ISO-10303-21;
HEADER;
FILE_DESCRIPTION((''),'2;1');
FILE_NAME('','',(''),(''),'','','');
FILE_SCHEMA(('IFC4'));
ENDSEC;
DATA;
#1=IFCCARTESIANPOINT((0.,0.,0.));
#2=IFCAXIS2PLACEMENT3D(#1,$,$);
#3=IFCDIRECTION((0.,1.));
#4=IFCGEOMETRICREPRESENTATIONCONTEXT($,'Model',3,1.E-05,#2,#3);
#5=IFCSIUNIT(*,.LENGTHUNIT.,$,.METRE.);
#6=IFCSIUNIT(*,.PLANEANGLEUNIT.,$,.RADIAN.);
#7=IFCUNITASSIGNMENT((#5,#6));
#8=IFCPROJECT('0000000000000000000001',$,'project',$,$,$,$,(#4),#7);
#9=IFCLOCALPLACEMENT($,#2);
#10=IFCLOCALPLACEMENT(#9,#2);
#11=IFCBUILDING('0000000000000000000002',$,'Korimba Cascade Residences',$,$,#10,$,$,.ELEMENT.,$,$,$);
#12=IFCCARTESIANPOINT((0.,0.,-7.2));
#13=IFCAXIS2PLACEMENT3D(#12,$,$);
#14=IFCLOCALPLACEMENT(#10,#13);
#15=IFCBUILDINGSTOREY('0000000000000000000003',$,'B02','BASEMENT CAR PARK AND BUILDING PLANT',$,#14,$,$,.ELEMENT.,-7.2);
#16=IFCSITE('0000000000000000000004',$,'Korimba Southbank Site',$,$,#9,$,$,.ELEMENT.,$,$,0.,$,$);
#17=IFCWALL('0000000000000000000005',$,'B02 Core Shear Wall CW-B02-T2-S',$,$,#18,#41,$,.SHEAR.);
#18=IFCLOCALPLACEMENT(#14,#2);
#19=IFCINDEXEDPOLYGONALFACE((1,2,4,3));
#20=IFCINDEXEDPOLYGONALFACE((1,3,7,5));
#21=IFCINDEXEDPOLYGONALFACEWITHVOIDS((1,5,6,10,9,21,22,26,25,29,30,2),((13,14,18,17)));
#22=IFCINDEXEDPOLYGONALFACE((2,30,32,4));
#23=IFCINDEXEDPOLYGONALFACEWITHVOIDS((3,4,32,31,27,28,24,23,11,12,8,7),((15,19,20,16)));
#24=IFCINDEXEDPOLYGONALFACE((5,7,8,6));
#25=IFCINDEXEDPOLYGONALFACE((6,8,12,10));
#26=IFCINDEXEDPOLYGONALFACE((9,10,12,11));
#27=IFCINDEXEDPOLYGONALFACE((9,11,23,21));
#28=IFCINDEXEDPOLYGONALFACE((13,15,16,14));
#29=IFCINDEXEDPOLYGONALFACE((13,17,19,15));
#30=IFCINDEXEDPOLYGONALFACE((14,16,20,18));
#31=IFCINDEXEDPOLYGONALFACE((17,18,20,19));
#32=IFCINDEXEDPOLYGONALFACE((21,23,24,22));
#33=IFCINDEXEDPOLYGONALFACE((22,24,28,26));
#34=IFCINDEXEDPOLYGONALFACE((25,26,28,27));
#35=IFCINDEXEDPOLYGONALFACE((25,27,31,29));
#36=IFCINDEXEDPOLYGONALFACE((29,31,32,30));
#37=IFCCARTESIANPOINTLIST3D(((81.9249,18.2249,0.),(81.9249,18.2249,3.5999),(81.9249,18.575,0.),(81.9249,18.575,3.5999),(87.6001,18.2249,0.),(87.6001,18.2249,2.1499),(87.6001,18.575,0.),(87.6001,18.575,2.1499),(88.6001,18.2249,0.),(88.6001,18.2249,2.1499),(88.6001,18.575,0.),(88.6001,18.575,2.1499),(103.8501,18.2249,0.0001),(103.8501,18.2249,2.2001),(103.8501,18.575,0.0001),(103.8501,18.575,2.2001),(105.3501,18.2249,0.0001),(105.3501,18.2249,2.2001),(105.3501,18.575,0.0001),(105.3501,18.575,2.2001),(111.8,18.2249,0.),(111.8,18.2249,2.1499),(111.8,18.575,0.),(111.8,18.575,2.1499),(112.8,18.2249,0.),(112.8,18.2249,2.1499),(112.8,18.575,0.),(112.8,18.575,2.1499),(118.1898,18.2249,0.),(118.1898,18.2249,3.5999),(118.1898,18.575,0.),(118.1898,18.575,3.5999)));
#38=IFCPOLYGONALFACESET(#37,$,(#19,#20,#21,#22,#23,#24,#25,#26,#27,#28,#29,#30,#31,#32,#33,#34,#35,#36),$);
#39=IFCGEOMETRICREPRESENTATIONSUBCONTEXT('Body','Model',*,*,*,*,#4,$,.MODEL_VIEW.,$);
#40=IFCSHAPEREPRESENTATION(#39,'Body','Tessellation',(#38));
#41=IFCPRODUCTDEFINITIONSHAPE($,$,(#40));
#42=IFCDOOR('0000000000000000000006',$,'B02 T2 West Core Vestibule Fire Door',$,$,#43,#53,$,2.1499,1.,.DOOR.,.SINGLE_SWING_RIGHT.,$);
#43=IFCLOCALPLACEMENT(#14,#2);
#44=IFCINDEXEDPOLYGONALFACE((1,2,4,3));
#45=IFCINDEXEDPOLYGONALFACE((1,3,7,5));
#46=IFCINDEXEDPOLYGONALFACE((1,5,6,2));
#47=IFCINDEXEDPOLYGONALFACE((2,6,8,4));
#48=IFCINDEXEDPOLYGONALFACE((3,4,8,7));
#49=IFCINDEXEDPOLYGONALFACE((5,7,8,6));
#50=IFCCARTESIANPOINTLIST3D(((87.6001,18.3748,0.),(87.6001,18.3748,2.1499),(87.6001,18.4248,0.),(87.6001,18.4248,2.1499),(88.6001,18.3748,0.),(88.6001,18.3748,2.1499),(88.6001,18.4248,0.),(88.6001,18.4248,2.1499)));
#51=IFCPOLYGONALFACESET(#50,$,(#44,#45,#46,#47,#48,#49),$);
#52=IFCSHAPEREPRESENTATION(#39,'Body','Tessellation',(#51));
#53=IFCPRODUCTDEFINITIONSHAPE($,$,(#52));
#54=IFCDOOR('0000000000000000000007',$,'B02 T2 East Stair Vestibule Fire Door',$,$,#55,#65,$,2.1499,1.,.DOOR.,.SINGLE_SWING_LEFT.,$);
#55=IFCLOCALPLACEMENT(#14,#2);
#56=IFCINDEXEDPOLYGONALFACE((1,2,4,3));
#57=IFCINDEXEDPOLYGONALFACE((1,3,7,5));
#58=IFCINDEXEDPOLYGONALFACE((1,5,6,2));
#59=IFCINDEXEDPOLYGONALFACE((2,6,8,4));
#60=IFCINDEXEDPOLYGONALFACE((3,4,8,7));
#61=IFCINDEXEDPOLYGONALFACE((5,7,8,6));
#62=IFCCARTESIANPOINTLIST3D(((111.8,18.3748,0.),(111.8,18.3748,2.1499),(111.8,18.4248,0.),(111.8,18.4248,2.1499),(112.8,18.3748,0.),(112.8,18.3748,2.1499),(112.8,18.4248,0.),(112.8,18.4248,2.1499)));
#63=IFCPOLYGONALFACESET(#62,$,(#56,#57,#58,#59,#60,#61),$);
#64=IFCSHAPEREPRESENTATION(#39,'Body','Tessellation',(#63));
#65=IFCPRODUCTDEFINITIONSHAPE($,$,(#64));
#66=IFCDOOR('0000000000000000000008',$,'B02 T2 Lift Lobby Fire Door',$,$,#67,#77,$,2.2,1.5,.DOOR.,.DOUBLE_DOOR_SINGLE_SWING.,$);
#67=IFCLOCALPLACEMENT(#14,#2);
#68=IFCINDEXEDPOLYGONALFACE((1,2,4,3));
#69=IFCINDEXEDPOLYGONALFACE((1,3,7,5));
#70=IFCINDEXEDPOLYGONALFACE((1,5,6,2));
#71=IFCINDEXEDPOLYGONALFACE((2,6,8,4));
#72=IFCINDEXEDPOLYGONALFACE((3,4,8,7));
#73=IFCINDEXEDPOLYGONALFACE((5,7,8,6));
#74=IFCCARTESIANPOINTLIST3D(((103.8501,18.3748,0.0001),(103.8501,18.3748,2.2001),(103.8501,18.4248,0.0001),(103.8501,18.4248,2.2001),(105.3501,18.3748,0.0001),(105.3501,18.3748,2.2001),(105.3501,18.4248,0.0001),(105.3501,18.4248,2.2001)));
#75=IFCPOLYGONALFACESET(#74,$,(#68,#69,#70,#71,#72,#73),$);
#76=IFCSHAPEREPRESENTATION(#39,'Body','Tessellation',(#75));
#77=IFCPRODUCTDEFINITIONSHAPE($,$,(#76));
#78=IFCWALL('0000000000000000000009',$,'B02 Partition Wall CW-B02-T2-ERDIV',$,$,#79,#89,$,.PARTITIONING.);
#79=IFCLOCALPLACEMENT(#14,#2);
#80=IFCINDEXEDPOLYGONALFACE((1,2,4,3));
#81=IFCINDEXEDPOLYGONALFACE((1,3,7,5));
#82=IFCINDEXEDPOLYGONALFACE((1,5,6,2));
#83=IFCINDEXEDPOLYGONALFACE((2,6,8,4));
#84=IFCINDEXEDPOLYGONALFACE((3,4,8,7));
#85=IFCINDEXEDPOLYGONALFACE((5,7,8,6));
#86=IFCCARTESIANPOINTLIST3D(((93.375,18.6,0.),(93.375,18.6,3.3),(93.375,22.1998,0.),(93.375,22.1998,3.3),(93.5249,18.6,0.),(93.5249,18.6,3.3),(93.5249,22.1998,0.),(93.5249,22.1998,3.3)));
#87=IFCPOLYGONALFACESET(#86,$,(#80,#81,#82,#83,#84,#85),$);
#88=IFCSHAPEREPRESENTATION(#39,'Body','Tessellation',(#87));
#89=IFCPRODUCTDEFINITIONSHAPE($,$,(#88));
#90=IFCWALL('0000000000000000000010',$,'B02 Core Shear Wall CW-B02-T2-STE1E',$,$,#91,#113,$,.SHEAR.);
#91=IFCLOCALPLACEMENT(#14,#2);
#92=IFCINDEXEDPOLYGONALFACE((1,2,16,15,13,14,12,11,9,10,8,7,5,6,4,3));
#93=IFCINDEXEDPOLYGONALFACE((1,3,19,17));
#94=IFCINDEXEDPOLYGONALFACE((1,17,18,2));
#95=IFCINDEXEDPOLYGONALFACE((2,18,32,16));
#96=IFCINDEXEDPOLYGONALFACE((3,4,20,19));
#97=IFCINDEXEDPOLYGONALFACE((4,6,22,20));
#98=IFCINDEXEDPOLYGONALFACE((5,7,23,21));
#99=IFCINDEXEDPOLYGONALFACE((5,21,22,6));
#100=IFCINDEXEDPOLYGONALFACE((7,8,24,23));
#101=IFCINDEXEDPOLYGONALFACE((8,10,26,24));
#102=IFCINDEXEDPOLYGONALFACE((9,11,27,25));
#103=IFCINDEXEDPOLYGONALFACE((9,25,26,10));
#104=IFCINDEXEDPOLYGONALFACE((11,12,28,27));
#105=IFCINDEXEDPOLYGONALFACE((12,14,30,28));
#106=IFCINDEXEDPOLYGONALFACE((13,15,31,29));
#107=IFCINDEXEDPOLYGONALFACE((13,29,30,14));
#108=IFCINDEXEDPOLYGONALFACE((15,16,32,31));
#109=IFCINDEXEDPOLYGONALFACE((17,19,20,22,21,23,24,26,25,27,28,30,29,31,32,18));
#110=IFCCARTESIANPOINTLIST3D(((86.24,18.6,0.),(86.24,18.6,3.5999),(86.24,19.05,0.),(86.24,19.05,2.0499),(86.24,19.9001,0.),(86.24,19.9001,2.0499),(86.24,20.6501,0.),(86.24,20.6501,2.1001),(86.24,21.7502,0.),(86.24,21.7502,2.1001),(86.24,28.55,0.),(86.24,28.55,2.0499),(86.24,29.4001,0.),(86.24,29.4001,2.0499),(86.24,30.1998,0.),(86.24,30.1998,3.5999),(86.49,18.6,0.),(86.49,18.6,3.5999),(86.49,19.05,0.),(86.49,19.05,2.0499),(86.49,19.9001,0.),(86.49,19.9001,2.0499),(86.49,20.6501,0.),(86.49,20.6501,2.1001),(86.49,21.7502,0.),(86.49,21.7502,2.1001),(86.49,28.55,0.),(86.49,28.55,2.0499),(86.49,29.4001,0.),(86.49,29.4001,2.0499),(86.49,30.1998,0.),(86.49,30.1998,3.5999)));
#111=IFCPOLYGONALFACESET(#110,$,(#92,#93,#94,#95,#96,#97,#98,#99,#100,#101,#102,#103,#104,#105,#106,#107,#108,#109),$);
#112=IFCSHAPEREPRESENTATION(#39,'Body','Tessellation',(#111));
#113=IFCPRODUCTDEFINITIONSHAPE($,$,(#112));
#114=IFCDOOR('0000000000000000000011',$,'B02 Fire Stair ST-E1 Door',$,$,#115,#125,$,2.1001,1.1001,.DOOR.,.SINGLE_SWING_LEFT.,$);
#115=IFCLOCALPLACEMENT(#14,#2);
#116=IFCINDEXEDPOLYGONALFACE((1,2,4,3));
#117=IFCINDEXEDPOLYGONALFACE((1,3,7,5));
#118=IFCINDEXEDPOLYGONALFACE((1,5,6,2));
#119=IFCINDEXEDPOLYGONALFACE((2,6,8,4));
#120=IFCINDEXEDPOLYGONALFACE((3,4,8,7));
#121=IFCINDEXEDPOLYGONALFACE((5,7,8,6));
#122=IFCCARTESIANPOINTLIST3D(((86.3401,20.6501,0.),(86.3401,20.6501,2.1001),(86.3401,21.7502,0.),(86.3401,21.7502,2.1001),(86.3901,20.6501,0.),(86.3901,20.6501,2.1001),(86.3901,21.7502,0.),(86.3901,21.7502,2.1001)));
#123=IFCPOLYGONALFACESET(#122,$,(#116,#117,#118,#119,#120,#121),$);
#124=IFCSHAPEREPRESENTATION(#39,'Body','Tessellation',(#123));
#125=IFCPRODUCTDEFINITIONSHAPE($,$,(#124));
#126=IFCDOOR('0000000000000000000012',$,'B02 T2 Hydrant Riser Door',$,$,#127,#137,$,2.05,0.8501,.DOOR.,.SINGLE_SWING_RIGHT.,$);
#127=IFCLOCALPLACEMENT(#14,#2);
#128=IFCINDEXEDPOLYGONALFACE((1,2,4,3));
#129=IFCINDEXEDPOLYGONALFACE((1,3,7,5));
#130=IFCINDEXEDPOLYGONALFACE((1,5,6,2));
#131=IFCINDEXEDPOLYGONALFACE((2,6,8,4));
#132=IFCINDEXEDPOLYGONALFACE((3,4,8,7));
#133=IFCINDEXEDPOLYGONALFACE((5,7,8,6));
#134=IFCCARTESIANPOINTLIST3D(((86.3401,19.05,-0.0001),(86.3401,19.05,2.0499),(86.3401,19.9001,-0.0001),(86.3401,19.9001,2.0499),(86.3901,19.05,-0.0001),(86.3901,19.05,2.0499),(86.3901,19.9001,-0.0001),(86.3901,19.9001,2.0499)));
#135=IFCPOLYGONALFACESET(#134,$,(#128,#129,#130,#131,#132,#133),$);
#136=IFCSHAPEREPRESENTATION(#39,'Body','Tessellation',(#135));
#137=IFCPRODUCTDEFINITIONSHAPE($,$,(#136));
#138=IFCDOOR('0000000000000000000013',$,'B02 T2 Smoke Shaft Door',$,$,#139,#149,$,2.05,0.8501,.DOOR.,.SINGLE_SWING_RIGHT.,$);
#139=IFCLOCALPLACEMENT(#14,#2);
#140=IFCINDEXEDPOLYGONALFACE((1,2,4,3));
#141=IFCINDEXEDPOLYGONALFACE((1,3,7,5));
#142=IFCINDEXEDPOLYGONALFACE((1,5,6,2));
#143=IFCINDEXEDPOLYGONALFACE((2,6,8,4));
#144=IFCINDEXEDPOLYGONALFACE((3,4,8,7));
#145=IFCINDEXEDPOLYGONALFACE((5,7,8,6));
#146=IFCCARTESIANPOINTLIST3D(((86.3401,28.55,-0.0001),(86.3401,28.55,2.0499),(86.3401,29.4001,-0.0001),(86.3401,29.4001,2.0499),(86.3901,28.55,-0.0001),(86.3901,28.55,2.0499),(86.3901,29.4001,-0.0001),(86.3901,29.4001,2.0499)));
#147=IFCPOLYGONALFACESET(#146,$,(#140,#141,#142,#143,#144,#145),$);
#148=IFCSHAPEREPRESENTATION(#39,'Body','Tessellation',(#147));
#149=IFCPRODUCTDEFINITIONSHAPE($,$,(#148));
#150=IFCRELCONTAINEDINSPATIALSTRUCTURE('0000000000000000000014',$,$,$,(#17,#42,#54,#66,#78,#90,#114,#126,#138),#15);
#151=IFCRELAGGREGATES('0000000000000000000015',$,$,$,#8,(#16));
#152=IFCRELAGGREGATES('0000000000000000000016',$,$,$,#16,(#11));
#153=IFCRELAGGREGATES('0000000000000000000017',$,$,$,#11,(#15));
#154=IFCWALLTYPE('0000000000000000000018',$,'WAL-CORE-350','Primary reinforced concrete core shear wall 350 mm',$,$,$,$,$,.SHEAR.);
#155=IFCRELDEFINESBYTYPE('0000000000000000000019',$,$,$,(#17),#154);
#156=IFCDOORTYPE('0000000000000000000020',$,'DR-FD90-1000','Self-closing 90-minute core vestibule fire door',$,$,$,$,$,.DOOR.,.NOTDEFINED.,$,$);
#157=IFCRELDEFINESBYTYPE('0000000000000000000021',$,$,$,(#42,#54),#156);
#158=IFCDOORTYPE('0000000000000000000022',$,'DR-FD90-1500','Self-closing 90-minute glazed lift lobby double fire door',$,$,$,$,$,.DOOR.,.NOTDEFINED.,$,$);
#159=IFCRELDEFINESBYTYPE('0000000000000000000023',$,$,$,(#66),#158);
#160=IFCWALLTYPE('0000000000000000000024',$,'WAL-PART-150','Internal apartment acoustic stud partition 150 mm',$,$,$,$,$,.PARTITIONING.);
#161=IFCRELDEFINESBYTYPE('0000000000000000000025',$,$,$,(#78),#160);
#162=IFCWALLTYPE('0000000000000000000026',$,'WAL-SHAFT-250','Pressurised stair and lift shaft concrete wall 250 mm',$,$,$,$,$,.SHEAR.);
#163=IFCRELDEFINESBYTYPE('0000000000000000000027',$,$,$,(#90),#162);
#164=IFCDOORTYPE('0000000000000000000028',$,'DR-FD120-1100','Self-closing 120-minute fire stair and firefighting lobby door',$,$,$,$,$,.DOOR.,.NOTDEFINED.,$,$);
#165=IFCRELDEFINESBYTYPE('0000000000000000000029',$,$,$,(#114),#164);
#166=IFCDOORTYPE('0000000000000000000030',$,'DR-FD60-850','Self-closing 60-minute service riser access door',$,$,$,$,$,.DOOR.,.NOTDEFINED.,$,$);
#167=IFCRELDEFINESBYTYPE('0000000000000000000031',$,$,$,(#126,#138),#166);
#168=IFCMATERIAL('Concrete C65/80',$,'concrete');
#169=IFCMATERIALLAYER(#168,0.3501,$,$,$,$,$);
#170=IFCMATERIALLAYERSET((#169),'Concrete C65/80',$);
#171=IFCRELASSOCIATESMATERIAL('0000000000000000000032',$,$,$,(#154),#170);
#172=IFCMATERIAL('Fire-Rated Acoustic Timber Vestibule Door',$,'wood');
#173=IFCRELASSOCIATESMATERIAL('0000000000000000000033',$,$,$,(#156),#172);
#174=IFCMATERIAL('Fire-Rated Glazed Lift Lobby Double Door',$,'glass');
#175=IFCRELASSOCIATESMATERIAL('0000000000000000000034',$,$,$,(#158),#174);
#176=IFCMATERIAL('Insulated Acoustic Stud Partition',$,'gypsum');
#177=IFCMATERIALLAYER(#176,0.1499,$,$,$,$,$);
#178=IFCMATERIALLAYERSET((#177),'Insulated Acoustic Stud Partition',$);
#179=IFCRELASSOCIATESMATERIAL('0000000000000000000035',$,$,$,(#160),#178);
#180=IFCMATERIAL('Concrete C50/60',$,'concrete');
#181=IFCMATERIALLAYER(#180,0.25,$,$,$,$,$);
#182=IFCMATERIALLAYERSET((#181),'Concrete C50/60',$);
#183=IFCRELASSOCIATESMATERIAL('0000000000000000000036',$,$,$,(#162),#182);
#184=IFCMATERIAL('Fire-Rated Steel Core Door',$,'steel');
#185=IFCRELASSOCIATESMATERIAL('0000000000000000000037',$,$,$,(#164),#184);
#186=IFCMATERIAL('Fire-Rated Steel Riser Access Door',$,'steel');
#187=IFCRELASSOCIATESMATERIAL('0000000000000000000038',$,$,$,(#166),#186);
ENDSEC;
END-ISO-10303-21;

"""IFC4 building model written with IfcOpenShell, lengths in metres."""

from ifc_helpers import new_model, si_unit, direction, frame, frame_2d, origin, place, context, subcontext, project, spatial, rectangle, extrude, material, layer, layer_set, type_object, element, fill, save


model = new_model("IFC4")

# Units and contexts
model_context = context("Model", 3, precision=1e-05, world=origin(), true_north=direction((0.0, 1.0)))
body_context = subcontext(model_context, "Body", "Model", "MODEL_VIEW")
ifc_project = project(units=[si_unit("LENGTHUNIT", "METRE"), si_unit("PLANEANGLEUNIT", "RADIAN")], contexts=[model_context])

# Site, building, storey
site_placement = place(None, origin())
site = spatial("IfcSite", under=ifc_project, at=site_placement, Name="Korimba Southbank Site", CompositionType="ELEMENT", RefElevation=0.0)
building_placement = place(site_placement, origin())
building = spatial("IfcBuilding", under=site, at=building_placement, Name="Korimba Cascade Residences", CompositionType="ELEMENT")
storey_placement = place(building_placement, frame((0.0, 0.0, -7.2)))
storey = spatial("IfcBuildingStorey", under=building, at=storey_placement, Name="B02", Description="BASEMENT CAR PARK AND BUILDING PLANT", CompositionType="ELEMENT", Elevation=-7.2)

# Shared definitions
ifc_material_1 = material(Name="Concrete C50/60", Category="concrete")

# Shared definitions
ifc_material_2 = material(Name="Concrete C65/80", Category="concrete")
ifc_layer_1 = layer(ifc_material_2, 0.3501)
ifc_layer_set_1 = layer_set([ifc_layer_1], Name="Concrete C65/80")
wall_type_1 = type_object("IfcWallType", Name="WAL-CORE-350", Description="Primary reinforced concrete core shear wall 350 mm", PredefinedType="SHEAR", material=ifc_layer_set_1)

# Wall, openings, doors
wall_1_placement = place(storey_placement, frame((81.925, 18.3999, 0.0), z_axis=(0.0, 0.0, 1.0), x_axis=(1.0, 0.0, 0.0)))
wall_1 = element("IfcWall", 1, at=wall_1_placement, inside=storey, type_object=wall_type_1, Name="B02 Core Shear Wall CW-B02-T2-S", PredefinedType="SHEAR", context=body_context, shape_type="SweptSolid", body=[
    extrude(rectangle(XDim=36.2649, YDim=0.3501, at=frame_2d((18.1323, 0.0))), origin(), (0.0, 0.0, 1.0), 3.5999),
])
opening_1_placement = place(wall_1_placement, frame((5.675, 0.0, 0.0)))
opening_1 = element("IfcOpeningElement", 2, at=opening_1_placement, cuts=wall_1, PredefinedType="OPENING", context=body_context, shape_type="SweptSolid", body=[
    extrude(rectangle(XDim=1.0, YDim=2.1499, at=frame_2d((0.5, 1.075))), frame((0.0, 0.1851, 0.0), z_axis=(0.0, -1.0, 0.0), x_axis=(1.0, 0.0, 0.0)), (0.0, 0.0, 1.0), 0.3701),
])
opening_2_placement = place(wall_1_placement, frame((21.925, 0.0, 0.0)))
opening_2 = element("IfcOpeningElement", 3, at=opening_2_placement, cuts=wall_1, PredefinedType="OPENING", context=body_context, shape_type="SweptSolid", body=[
    extrude(rectangle(XDim=1.5, YDim=2.2, at=frame_2d((0.75, 1.1001))), frame((0.0, 0.1851, 0.0), z_axis=(0.0, -1.0, 0.0), x_axis=(1.0, 0.0, 0.0)), (0.0, 0.0, 1.0), 0.3701),
])
opening_3_placement = place(wall_1_placement, frame((29.875, 0.0, 0.0)))
opening_3 = element("IfcOpeningElement", 4, at=opening_3_placement, cuts=wall_1, PredefinedType="OPENING", context=body_context, shape_type="SweptSolid", body=[
    extrude(rectangle(XDim=1.0, YDim=2.1499, at=frame_2d((0.5, 1.075))), frame((0.0, 0.1851, 0.0), z_axis=(0.0, -1.0, 0.0), x_axis=(1.0, 0.0, 0.0)), (0.0, 0.0, 1.0), 0.3701),
])
ifc_material_3 = material(Name="Fire-Rated Acoustic Timber Vestibule Door", Category="wood")
door_type_1 = type_object("IfcDoorType", Name="DR-FD90-1000", Description="Self-closing 90-minute core vestibule fire door", OperationType="NOTDEFINED", PredefinedType="DOOR", material=ifc_material_3)
door_1_placement = place(opening_1_placement, origin())
door_1 = element("IfcDoor", 5, at=door_1_placement, inside=storey, type_object=door_type_1, Name="B02 T2 West Core Vestibule Fire Door", OperationType="SINGLE_SWING_RIGHT", OverallHeight=2.1499, OverallWidth=1.0, PredefinedType="DOOR", context=body_context, shape_type="SweptSolid", body=[
    extrude(rectangle(XDim=1.0, YDim=2.1499, at=frame_2d((0.5, 1.075))), frame((0.0, 0.0249, 0.0), z_axis=(0.0, -1.0, 0.0), x_axis=(1.0, 0.0, 0.0)), (0.0, 0.0, 1.0), 0.05),
])
fill(opening_1, door_1)
door_2_placement = place(opening_3_placement, origin())
door_2 = element("IfcDoor", 6, at=door_2_placement, inside=storey, type_object=door_type_1, Name="B02 T2 East Stair Vestibule Fire Door", OperationType="SINGLE_SWING_LEFT", OverallHeight=2.1499, OverallWidth=1.0, PredefinedType="DOOR", context=body_context, shape_type="SweptSolid", body=[
    extrude(rectangle(XDim=1.0, YDim=2.1499, at=frame_2d((0.5, 1.075))), frame((0.0, 0.0249, 0.0), z_axis=(0.0, -1.0, 0.0), x_axis=(1.0, 0.0, 0.0)), (0.0, 0.0, 1.0), 0.05),
])
fill(opening_3, door_2)
ifc_material_4 = material(Name="Fire-Rated Glazed Lift Lobby Double Door", Category="glass")
door_type_2 = type_object("IfcDoorType", Name="DR-FD90-1500", Description="Self-closing 90-minute glazed lift lobby double fire door", OperationType="NOTDEFINED", PredefinedType="DOOR", material=ifc_material_4)
door_3_placement = place(opening_2_placement, origin())
door_3 = element("IfcDoor", 7, at=door_3_placement, inside=storey, type_object=door_type_2, Name="B02 T2 Lift Lobby Fire Door", OperationType="DOUBLE_DOOR_SINGLE_SWING", OverallHeight=2.2, OverallWidth=1.5, PredefinedType="DOOR", context=body_context, shape_type="SweptSolid", body=[
    extrude(rectangle(XDim=1.5, YDim=2.2, at=frame_2d((0.75, 1.1001))), frame((0.0, 0.0249, 0.0), z_axis=(0.0, -1.0, 0.0), x_axis=(1.0, 0.0, 0.0)), (0.0, 0.0, 1.0), 0.05),
])
fill(opening_2, door_3)

# Wall
ifc_material_5 = material(Name="Insulated Acoustic Stud Partition", Category="gypsum")
ifc_layer_2 = layer(ifc_material_5, 0.1499)
ifc_layer_set_2 = layer_set([ifc_layer_2], Name="Insulated Acoustic Stud Partition")
wall_type_2 = type_object("IfcWallType", Name="WAL-PART-150", Description="Internal apartment acoustic stud partition 150 mm", PredefinedType="PARTITIONING", material=ifc_layer_set_2)
wall_2_placement = place(storey_placement, frame((93.45, 18.6001, 0.0), z_axis=(0.0, 0.0, 1.0), x_axis=(0.0, 1.0, 0.0)))
element("IfcWall", 8, at=wall_2_placement, inside=storey, type_object=wall_type_2, Name="B02 Partition Wall CW-B02-T2-ERDIV", PredefinedType="PARTITIONING", context=body_context, shape_type="SweptSolid", body=[
    extrude(rectangle(XDim=3.5999, YDim=0.1499, at=frame_2d((1.7998, 0.0))), origin(), (0.0, 0.0, 1.0), 3.3),
])

# Wall, openings, doors
ifc_layer_3 = layer(ifc_material_1, 0.25)
ifc_layer_set_3 = layer_set([ifc_layer_3], Name="Concrete C50/60")
wall_type_3 = type_object("IfcWallType", Name="WAL-SHAFT-250", Description="Pressurised stair and lift shaft concrete wall 250 mm", PredefinedType="SHEAR", material=ifc_layer_set_3)
wall_3_placement = place(storey_placement, frame((86.365, 18.6001, 0.0), z_axis=(0.0, 0.0, 1.0), x_axis=(0.0, 1.0, 0.0)))
wall_3 = element("IfcWall", 9, at=wall_3_placement, inside=storey, type_object=wall_type_3, Name="B02 Core Shear Wall CW-B02-T2-STE1E", PredefinedType="SHEAR", context=body_context, shape_type="SweptSolid", body=[
    extrude(rectangle(XDim=11.5999, YDim=0.25, at=frame_2d((5.7998, 0.0))), origin(), (0.0, 0.0, 1.0), 3.5999),
])
opening_4_placement = place(wall_3_placement, frame((0.45, 0.0, 0.0)))
opening_4 = element("IfcOpeningElement", 10, at=opening_4_placement, cuts=wall_3, PredefinedType="OPENING", context=body_context, shape_type="SweptSolid", body=[
    extrude(rectangle(XDim=0.8501, YDim=2.05, at=frame_2d((0.425, 1.0249))), frame((0.0, 0.135, 0.0), z_axis=(0.0, -1.0, 0.0), x_axis=(1.0, 0.0, 0.0)), (0.0, 0.0, 1.0), 0.27),
])
opening_5_placement = place(wall_3_placement, frame((2.05, 0.0, 0.0)))
opening_5 = element("IfcOpeningElement", 11, at=opening_5_placement, cuts=wall_3, PredefinedType="OPENING", context=body_context, shape_type="SweptSolid", body=[
    extrude(rectangle(XDim=1.1001, YDim=2.1001, at=frame_2d((0.55, 1.05))), frame((0.0, 0.135, 0.0), z_axis=(0.0, -1.0, 0.0), x_axis=(1.0, 0.0, 0.0)), (0.0, 0.0, 1.0), 0.27),
])
opening_6_placement = place(wall_3_placement, frame((9.95, 0.0, 0.0)))
opening_6 = element("IfcOpeningElement", 12, at=opening_6_placement, cuts=wall_3, PredefinedType="OPENING", context=body_context, shape_type="SweptSolid", body=[
    extrude(rectangle(XDim=0.8501, YDim=2.05, at=frame_2d((0.425, 1.0249))), frame((0.0, 0.135, 0.0), z_axis=(0.0, -1.0, 0.0), x_axis=(1.0, 0.0, 0.0)), (0.0, 0.0, 1.0), 0.27),
])
ifc_material_6 = material(Name="Fire-Rated Steel Core Door", Category="steel")
door_type_3 = type_object("IfcDoorType", Name="DR-FD120-1100", Description="Self-closing 120-minute fire stair and firefighting lobby door", OperationType="NOTDEFINED", PredefinedType="DOOR", material=ifc_material_6)
door_4_placement = place(opening_5_placement, origin())
door_4 = element("IfcDoor", 13, at=door_4_placement, inside=storey, type_object=door_type_3, Name="B02 Fire Stair ST-E1 Door", OperationType="SINGLE_SWING_LEFT", OverallHeight=2.1001, OverallWidth=1.1001, PredefinedType="DOOR", context=body_context, shape_type="SweptSolid", body=[
    extrude(rectangle(XDim=1.1001, YDim=2.1001, at=frame_2d((0.55, 1.05))), frame((0.0, 0.0249, 0.0), z_axis=(0.0, -1.0, 0.0), x_axis=(1.0, 0.0, 0.0)), (0.0, 0.0, 1.0), 0.05),
])
fill(opening_5, door_4)
ifc_material_7 = material(Name="Fire-Rated Steel Riser Access Door", Category="steel")
door_type_4 = type_object("IfcDoorType", Name="DR-FD60-850", Description="Self-closing 60-minute service riser access door", OperationType="NOTDEFINED", PredefinedType="DOOR", material=ifc_material_7)
door_5_placement = place(opening_4_placement, origin())
door_5 = element("IfcDoor", 14, at=door_5_placement, inside=storey, type_object=door_type_4, Name="B02 T2 Hydrant Riser Door", OperationType="SINGLE_SWING_RIGHT", OverallHeight=2.05, OverallWidth=0.8501, PredefinedType="DOOR", context=body_context, shape_type="SweptSolid", body=[
    extrude(rectangle(XDim=0.8501, YDim=2.05, at=frame_2d((0.425, 1.0249))), frame((0.0, 0.0249, 0.0), z_axis=(0.0, -1.0, 0.0), x_axis=(1.0, 0.0, 0.0)), (0.0, 0.0, 1.0), 0.05),
])
fill(opening_4, door_5)
door_6_placement = place(opening_6_placement, origin())
door_6 = element("IfcDoor", 15, at=door_6_placement, inside=storey, type_object=door_type_4, Name="B02 T2 Smoke Shaft Door", OperationType="SINGLE_SWING_RIGHT", OverallHeight=2.05, OverallWidth=0.8501, PredefinedType="DOOR", context=body_context, shape_type="SweptSolid", body=[
    extrude(rectangle(XDim=0.8501, YDim=2.05, at=frame_2d((0.425, 1.0249))), frame((0.0, 0.0249, 0.0), z_axis=(0.0, -1.0, 0.0), x_axis=(1.0, 0.0, 0.0)), (0.0, 0.0, 1.0), 0.05),
])
fill(opening_6, door_6)

save(model, "model.ifc")
